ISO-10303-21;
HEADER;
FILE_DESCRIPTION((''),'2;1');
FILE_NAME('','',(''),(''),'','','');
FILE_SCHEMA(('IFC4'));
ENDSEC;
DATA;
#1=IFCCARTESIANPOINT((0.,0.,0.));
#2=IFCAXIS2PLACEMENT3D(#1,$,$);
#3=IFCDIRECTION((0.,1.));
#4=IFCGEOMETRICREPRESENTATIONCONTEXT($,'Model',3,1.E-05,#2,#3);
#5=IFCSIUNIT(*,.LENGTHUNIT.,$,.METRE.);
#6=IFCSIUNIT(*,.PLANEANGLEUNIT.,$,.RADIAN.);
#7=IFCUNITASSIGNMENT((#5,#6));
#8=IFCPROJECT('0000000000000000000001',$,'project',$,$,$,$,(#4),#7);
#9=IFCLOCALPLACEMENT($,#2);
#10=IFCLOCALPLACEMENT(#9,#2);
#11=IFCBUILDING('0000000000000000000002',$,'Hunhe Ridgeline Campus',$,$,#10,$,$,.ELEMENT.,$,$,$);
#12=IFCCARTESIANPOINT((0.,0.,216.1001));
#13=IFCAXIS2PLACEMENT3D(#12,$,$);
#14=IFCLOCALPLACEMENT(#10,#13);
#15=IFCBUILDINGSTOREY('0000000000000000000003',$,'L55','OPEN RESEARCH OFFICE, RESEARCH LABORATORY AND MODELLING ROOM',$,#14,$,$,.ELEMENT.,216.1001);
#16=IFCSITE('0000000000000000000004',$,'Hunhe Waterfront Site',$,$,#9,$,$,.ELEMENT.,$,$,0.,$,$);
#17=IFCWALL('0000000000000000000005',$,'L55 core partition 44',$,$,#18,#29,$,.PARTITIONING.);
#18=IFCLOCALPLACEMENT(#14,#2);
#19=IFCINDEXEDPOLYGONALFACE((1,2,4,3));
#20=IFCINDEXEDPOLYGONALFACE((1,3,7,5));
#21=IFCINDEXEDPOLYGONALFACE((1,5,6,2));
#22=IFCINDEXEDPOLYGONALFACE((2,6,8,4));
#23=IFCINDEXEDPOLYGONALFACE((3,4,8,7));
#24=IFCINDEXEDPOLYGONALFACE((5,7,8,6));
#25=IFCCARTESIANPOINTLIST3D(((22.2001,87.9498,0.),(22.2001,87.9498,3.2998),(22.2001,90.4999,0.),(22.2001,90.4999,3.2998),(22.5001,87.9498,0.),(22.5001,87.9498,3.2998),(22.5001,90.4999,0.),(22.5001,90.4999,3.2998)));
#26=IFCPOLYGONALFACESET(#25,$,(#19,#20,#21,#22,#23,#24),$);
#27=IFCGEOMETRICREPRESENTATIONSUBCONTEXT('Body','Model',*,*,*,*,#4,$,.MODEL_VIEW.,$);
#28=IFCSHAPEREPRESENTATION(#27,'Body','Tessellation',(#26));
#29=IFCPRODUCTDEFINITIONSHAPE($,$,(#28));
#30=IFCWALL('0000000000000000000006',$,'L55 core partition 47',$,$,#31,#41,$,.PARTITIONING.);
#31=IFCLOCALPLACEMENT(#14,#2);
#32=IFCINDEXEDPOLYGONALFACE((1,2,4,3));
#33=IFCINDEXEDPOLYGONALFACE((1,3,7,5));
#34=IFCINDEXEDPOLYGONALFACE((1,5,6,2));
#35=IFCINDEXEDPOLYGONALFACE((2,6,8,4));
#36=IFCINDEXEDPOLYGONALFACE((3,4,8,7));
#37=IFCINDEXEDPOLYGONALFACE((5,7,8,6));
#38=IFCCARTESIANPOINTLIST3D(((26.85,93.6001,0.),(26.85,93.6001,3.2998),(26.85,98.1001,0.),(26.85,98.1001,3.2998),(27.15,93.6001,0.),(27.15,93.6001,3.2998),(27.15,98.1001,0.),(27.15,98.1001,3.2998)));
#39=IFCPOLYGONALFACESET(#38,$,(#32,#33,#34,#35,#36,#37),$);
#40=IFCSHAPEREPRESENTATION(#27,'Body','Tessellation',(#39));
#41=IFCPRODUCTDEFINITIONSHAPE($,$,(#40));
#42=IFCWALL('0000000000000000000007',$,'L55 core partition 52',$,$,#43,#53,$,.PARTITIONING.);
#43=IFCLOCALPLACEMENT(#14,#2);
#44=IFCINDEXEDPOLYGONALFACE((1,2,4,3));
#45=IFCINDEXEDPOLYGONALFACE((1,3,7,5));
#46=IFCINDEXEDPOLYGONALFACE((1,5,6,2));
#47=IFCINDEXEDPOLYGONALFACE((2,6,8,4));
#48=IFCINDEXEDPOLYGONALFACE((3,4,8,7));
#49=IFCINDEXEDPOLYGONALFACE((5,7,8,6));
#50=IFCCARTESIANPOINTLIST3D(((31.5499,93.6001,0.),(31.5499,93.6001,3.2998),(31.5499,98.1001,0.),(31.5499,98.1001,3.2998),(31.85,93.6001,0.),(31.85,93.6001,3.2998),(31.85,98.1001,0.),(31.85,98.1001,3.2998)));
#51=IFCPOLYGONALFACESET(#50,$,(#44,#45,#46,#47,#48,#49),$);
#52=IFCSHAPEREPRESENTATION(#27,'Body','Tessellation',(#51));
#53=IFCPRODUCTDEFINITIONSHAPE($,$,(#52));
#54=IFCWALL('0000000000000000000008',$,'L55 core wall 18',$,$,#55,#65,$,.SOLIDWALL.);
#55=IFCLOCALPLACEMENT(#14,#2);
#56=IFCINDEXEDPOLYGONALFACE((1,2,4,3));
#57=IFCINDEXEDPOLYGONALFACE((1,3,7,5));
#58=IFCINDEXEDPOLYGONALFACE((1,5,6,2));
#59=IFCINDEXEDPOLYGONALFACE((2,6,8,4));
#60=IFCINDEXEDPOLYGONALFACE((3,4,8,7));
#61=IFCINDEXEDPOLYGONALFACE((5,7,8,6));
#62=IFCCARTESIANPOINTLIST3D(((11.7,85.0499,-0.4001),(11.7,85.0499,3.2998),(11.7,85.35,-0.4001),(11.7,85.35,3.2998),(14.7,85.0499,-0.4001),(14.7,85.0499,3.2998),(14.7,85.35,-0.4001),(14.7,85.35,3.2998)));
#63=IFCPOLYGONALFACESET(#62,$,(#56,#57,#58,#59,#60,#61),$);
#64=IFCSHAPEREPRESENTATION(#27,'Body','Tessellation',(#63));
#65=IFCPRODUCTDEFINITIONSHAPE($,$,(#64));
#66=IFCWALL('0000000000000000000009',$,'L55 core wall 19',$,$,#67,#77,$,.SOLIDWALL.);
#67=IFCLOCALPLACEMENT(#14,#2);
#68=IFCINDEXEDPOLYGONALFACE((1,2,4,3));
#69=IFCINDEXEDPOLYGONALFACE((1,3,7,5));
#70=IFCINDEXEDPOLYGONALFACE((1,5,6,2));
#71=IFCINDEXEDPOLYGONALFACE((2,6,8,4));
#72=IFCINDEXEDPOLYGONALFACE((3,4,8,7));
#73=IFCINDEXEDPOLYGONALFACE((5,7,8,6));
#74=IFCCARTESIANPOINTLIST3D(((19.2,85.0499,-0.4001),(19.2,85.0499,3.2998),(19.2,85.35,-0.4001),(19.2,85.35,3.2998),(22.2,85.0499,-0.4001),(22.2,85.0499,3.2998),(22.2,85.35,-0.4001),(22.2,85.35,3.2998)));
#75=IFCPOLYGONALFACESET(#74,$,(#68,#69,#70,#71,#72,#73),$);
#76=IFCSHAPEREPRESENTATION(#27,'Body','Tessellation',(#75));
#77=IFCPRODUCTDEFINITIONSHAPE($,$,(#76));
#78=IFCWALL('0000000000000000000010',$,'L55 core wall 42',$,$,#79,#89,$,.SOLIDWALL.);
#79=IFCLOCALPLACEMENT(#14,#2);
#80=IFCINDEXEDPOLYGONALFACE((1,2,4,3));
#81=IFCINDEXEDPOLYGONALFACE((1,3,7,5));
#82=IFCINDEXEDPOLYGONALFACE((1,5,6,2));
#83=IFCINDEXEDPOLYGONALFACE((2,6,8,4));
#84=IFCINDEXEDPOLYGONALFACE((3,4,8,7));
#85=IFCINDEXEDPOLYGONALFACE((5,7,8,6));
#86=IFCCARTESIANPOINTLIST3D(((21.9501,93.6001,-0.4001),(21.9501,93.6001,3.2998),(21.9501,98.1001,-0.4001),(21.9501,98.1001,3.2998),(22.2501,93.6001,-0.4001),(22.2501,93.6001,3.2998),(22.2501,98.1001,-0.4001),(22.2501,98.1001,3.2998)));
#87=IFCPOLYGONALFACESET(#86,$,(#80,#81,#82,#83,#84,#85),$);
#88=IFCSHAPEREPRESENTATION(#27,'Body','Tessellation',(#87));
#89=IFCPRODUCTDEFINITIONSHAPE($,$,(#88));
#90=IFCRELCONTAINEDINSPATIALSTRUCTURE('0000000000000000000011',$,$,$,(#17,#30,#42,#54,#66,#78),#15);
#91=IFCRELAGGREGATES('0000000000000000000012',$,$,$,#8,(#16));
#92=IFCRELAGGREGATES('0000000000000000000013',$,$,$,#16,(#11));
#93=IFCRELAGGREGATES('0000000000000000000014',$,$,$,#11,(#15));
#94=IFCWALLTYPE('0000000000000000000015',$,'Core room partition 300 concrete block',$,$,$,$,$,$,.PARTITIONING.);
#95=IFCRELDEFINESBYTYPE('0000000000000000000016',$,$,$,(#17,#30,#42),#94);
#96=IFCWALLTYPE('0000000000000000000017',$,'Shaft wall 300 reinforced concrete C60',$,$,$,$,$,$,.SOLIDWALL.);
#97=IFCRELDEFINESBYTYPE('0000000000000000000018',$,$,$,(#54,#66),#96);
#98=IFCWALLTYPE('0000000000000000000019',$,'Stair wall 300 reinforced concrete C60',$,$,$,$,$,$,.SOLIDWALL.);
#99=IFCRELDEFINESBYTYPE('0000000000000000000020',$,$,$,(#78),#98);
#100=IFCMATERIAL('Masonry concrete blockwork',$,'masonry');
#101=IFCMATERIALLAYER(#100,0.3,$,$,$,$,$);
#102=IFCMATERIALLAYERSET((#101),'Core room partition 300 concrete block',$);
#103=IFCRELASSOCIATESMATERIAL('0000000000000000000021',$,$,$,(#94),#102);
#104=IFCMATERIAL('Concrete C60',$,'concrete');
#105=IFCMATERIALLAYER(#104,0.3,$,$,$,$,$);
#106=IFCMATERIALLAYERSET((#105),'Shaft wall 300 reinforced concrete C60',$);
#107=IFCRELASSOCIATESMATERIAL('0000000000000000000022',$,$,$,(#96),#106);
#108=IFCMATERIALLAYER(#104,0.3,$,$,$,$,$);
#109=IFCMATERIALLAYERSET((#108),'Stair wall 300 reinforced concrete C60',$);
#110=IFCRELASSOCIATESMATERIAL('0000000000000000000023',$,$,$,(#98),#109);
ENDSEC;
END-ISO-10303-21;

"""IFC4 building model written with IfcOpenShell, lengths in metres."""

from ifc_helpers import new_model, si_unit, direction, frame, frame_2d, origin, place, context, subcontext, project, spatial, rectangle, extrude, material, layer, layer_set, type_object, element, save


model = new_model("IFC4")

# Units and contexts
model_context = context("Model", 3, precision=1e-05, world=origin(), true_north=direction((0.0, 1.0)))
body_context = subcontext(model_context, "Body", "Model", "MODEL_VIEW")
ifc_project = project(units=[si_unit("LENGTHUNIT", "METRE"), si_unit("PLANEANGLEUNIT", "RADIAN")], contexts=[model_context])

# Site, building, storey
site_placement = place(None, origin())
site = spatial("IfcSite", under=ifc_project, at=site_placement, Name="Hunhe Waterfront Site", CompositionType="ELEMENT", RefElevation=0.0)
building_placement = place(site_placement, origin())
building = spatial("IfcBuilding", under=site, at=building_placement, Name="Hunhe Ridgeline Campus", CompositionType="ELEMENT")
storey_placement = place(building_placement, frame((0.0, 0.0, 216.1001)))
storey = spatial("IfcBuildingStorey", under=building, at=storey_placement, Name="L55", Description="OPEN RESEARCH OFFICE, RESEARCH LABORATORY AND MODELLING ROOM", CompositionType="ELEMENT", Elevation=216.1001)

# Walls
ifc_material_1 = material(Name="Masonry concrete blockwork", Category="masonry")
ifc_layer_1 = layer(ifc_material_1, 0.3)
ifc_layer_set_1 = layer_set([ifc_layer_1], Name="Core room partition 300 concrete block")
wall_type_1 = type_object("IfcWallType", Name="Core room partition 300 concrete block", PredefinedType="PARTITIONING", material=ifc_layer_set_1)
wall_1_placement = place(storey_placement, frame((22.3501, 87.95, 0.0), z_axis=(0.0, 0.0, 1.0), x_axis=(0.0, 1.0, 0.0)))
element("IfcWall", 1, at=wall_1_placement, inside=storey, type_object=wall_type_1, Name="L55 core partition 44", PredefinedType="PARTITIONING", context=body_context, shape_type="SweptSolid", body=[
    extrude(rectangle(XDim=2.55, YDim=0.3, at=frame_2d((1.2749, 0.0))), origin(), (0.0, 0.0, 1.0), 3.2998),
])
for number, where, z_axis, x_axis, name in (
    (2, (27.0, 93.6001, 0.0), (0.0, 0.0, 1.0), (0.0, 1.0, 0.0), "L55 core partition 47"),
    (3, (31.7, 93.6001, 0.0), (0.0, 0.0, 1.0), (0.0, 1.0, 0.0), "L55 core partition 52"),
):
    element("IfcWall", number, at=place(storey_placement, frame(where, z_axis=z_axis, x_axis=x_axis)), inside=storey, type_object=wall_type_1, Name=name, PredefinedType="PARTITIONING", context=body_context, shape_type="SweptSolid", body=[
        extrude(rectangle(XDim=4.5, YDim=0.3, at=frame_2d((2.25, 0.0))), origin(), (0.0, 0.0, 1.0), 3.2998),
    ])
ifc_material_2 = material(Name="Concrete C60", Category="concrete")
ifc_layer_2 = layer(ifc_material_2, 0.3)
ifc_layer_set_2 = layer_set([ifc_layer_2], Name="Shaft wall 300 reinforced concrete C60")
wall_type_2 = type_object("IfcWallType", Name="Shaft wall 300 reinforced concrete C60", PredefinedType="SOLIDWALL", material=ifc_layer_set_2)
for number, where, z_axis, x_axis, name in (
    (4, (11.7, 85.2, -0.4001), (0.0, 0.0, 1.0), (1.0, 0.0, 0.0), "L55 core wall 18"),
    (5, (19.2, 85.2, -0.4001), (0.0, 0.0, 1.0), (1.0, 0.0, 0.0), "L55 core wall 19"),
):
    element("IfcWall", number, at=place(storey_placement, frame(where, z_axis=z_axis, x_axis=x_axis)), inside=storey, type_object=wall_type_2, Name=name, PredefinedType="SOLIDWALL", context=body_context, shape_type="SweptSolid", body=[
        extrude(rectangle(XDim=3.0, YDim=0.3, at=frame_2d((1.5, 0.0))), origin(), (0.0, 0.0, 1.0), 3.7),
    ])

# Shared definitions
ifc_layer_3 = layer(ifc_material_2, 0.3)
ifc_layer_set_3 = layer_set([ifc_layer_3], Name="Stair wall 300 reinforced concrete C60")
wall_type_3 = type_object("IfcWallType", Name="Stair wall 300 reinforced concrete C60", PredefinedType="SOLIDWALL", material=ifc_layer_set_3)

# Wall
wall_2_placement = place(storey_placement, frame((22.1001, 93.6001, -0.4001), z_axis=(0.0, 0.0, 1.0), x_axis=(0.0, 1.0, 0.0)))
element("IfcWall", 6, at=wall_2_placement, inside=storey, type_object=wall_type_3, Name="L55 core wall 42", PredefinedType="SOLIDWALL", context=body_context, shape_type="SweptSolid", body=[
    extrude(rectangle(XDim=4.5, YDim=0.3, at=frame_2d((2.25, 0.0))), origin(), (0.0, 0.0, 1.0), 3.7),
])

save(model, "model.ifc")
